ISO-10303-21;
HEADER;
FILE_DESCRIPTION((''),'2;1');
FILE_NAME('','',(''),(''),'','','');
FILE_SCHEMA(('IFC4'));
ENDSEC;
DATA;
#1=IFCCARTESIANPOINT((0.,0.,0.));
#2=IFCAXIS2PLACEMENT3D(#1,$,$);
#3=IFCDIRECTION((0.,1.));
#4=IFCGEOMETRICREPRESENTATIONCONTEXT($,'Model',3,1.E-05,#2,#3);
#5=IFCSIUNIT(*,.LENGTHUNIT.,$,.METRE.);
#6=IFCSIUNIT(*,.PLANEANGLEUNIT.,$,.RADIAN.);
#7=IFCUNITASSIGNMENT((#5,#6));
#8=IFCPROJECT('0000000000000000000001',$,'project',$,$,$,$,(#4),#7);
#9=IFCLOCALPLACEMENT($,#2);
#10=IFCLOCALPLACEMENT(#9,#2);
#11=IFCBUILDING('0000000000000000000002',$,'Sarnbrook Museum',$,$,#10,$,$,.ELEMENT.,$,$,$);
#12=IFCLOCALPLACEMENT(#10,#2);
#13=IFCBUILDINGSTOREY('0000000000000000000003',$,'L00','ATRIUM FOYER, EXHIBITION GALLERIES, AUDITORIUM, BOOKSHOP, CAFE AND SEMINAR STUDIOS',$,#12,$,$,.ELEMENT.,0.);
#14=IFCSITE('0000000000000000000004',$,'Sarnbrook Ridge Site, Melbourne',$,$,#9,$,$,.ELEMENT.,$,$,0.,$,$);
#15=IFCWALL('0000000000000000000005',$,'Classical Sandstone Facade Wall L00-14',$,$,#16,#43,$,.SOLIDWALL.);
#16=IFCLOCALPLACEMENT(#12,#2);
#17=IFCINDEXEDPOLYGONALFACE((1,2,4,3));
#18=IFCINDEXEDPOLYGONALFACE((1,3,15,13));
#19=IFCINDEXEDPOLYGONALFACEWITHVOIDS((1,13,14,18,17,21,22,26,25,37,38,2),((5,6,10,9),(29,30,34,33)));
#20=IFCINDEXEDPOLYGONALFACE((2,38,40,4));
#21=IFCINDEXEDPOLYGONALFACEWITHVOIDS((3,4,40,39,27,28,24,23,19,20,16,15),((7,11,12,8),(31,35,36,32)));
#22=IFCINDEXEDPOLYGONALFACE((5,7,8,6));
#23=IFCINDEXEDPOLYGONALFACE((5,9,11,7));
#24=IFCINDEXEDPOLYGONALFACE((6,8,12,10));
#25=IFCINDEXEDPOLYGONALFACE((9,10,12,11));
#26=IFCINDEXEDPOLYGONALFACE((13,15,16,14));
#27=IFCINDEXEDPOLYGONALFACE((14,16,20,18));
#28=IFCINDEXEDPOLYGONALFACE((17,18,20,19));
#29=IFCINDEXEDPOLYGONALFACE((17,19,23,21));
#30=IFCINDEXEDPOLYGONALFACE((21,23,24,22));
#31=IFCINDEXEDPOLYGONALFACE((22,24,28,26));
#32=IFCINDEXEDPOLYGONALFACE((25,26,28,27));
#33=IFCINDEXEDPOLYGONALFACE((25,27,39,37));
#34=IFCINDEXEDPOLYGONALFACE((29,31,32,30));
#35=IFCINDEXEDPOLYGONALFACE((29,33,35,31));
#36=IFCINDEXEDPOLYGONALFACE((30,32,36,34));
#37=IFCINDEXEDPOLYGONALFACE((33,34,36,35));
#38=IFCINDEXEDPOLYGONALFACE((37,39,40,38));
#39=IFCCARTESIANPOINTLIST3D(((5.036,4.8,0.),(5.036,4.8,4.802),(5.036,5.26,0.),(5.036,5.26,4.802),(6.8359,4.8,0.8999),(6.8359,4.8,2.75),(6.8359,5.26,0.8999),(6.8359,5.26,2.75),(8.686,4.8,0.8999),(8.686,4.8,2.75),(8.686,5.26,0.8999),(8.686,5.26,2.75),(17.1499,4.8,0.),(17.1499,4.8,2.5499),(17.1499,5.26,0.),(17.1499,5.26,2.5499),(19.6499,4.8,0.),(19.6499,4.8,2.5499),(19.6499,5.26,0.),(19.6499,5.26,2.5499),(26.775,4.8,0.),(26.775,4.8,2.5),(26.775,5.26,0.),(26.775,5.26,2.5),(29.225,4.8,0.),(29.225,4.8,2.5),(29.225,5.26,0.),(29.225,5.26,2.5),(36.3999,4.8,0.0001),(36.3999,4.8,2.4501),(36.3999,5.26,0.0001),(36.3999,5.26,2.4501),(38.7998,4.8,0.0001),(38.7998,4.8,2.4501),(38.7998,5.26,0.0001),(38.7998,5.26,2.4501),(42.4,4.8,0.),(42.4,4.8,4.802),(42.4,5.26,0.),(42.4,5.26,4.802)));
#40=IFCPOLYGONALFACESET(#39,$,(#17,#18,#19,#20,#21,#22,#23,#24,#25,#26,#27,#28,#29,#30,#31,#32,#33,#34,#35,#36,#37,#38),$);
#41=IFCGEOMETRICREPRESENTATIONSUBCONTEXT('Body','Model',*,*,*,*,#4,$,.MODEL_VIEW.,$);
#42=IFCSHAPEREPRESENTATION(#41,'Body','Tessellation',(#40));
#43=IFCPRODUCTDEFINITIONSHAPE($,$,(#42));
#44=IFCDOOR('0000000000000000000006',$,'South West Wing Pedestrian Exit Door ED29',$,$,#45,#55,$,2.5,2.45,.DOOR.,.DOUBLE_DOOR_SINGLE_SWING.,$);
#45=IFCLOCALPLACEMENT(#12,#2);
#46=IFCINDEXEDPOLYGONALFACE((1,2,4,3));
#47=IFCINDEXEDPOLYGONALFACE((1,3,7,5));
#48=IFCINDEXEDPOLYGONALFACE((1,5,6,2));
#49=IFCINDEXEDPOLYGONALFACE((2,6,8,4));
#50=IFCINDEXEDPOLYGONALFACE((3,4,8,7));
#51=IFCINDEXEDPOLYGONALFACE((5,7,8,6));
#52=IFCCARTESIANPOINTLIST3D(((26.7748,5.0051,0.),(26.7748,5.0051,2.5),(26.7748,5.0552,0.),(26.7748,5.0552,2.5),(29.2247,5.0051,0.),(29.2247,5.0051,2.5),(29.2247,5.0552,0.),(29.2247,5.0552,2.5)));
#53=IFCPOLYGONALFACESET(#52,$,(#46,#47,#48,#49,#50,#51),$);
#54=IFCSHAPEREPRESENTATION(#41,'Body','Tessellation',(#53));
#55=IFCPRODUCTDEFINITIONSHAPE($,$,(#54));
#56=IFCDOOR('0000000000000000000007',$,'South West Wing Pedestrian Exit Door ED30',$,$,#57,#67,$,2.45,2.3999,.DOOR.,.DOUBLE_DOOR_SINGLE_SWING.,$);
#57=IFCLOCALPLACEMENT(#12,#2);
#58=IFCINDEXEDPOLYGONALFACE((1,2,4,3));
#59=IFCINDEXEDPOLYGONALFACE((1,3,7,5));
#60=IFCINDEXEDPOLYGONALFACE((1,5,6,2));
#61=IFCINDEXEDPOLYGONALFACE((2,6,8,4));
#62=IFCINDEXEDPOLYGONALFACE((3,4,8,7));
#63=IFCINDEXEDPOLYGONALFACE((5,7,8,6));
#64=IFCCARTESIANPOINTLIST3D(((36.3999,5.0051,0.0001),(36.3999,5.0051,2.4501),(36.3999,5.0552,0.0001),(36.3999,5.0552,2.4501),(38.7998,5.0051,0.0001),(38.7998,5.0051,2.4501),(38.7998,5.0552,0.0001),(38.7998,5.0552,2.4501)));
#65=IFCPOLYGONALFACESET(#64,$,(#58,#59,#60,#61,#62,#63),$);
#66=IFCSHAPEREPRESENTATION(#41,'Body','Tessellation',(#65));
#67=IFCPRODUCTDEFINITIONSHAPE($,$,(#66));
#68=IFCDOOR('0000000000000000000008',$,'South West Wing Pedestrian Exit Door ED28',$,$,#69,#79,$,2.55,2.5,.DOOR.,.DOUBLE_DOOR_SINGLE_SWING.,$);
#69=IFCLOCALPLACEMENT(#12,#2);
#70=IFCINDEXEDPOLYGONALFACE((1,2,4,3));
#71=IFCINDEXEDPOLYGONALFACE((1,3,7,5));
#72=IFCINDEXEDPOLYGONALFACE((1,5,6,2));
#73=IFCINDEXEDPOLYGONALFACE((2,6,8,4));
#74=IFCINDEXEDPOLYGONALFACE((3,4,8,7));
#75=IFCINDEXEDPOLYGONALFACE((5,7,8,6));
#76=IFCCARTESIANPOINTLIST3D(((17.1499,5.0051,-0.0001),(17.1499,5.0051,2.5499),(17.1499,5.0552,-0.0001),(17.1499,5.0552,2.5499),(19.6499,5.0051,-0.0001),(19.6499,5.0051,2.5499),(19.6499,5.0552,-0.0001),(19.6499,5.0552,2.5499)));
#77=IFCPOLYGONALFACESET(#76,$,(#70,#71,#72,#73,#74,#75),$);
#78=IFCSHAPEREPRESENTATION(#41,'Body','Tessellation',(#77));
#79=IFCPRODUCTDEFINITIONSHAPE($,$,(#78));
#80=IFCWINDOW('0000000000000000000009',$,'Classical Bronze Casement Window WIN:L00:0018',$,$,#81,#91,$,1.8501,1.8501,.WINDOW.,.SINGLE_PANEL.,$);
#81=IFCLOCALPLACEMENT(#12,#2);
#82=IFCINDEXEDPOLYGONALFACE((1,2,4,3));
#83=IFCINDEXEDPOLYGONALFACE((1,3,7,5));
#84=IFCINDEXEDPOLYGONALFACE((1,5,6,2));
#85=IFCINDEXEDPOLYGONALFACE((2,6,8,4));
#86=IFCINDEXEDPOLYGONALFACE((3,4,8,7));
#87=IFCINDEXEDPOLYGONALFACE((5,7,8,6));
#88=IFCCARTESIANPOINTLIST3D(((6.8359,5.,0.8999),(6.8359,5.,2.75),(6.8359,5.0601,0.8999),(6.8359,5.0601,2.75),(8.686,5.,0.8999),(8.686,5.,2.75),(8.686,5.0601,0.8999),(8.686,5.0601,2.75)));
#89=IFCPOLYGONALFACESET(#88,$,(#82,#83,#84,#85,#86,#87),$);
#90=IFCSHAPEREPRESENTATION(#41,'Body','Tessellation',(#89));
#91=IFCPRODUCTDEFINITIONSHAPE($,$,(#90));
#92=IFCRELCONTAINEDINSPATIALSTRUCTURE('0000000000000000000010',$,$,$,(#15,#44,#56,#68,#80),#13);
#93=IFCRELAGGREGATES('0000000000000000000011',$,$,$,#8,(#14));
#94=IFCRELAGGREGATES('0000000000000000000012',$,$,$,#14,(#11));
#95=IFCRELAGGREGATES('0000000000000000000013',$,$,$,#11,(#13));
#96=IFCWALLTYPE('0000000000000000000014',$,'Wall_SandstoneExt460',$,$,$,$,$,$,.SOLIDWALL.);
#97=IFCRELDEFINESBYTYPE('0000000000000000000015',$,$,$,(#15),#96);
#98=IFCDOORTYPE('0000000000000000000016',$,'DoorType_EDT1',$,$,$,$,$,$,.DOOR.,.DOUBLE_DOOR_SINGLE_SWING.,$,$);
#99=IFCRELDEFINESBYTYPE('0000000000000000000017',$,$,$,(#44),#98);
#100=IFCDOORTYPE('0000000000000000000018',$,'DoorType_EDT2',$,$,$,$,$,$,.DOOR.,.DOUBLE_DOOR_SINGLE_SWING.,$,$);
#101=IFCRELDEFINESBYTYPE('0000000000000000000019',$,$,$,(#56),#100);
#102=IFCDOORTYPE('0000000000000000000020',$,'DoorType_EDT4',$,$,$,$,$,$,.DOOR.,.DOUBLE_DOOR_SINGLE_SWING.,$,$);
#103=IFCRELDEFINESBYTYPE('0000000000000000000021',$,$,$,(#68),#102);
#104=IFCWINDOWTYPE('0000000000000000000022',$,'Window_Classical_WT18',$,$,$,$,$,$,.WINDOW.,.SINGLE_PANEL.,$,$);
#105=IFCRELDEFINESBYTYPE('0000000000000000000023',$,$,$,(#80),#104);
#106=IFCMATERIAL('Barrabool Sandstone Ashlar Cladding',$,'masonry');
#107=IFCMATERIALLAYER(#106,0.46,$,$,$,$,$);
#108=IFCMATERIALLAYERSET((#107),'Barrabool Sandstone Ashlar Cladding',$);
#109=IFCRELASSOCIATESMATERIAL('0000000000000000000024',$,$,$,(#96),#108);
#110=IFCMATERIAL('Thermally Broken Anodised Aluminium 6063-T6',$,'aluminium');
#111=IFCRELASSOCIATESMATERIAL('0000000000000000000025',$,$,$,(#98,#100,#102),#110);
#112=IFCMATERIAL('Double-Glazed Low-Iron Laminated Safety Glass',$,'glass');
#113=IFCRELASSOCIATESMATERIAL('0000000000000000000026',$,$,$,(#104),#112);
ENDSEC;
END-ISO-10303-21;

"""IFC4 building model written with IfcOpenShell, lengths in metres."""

from ifc_helpers import new_model, si_unit, direction, frame, frame_2d, origin, place, context, subcontext, project, spatial, rectangle, extrude, material, layer, layer_set, type_object, element, fill, save


model = new_model("IFC4")

# Units and contexts
model_context = context("Model", 3, precision=1e-05, world=origin(), true_north=direction((0.0, 1.0)))
body_context = subcontext(model_context, "Body", "Model", "MODEL_VIEW")
ifc_project = project(units=[si_unit("LENGTHUNIT", "METRE"), si_unit("PLANEANGLEUNIT", "RADIAN")], contexts=[model_context])

# Site, building, storey
site_placement = place(None, origin())
site = spatial("IfcSite", under=ifc_project, at=site_placement, Name="Sarnbrook Ridge Site, Melbourne", CompositionType="ELEMENT", RefElevation=0.0)
building_placement = place(site_placement, origin())
building = spatial("IfcBuilding", under=site, at=building_placement, Name="Sarnbrook Museum", CompositionType="ELEMENT")
storey_placement = place(building_placement, origin())
storey = spatial("IfcBuildingStorey", under=building, at=storey_placement, Name="L00", Description="ATRIUM FOYER, EXHIBITION GALLERIES, AUDITORIUM, BOOKSHOP, CAFE AND SEMINAR STUDIOS", CompositionType="ELEMENT", Elevation=0.0)

# Wall, openings, doors, window
ifc_material_1 = material(Name="Barrabool Sandstone Ashlar Cladding", Category="masonry")
ifc_layer_1 = layer(ifc_material_1, 0.46)
ifc_layer_set_1 = layer_set([ifc_layer_1], Name="Barrabool Sandstone Ashlar Cladding")
wall_type = type_object("IfcWallType", Name="Wall_SandstoneExt460", PredefinedType="SOLIDWALL", material=ifc_layer_set_1)
wall_placement = place(storey_placement, frame((5.0359, 5.03, 0.0), z_axis=(0.0, 0.0, 1.0), x_axis=(1.0, 0.0, 0.0)))
wall = element("IfcWall", 1, at=wall_placement, inside=storey, type_object=wall_type, Name="Classical Sandstone Facade Wall L00-14", PredefinedType="SOLIDWALL", context=body_context, shape_type="SweptSolid", body=[
    extrude(rectangle(XDim=37.364, YDim=0.46, at=frame_2d((18.6821, 0.0))), origin(), (0.0, 0.0, 1.0), 4.802),
])
opening_1_placement = place(wall_placement, frame((12.114, 0.0, 0.0)))
opening_1 = element("IfcOpeningElement", 2, at=opening_1_placement, cuts=wall, PredefinedType="OPENING", context=body_context, shape_type="SweptSolid", body=[
    extrude(rectangle(XDim=2.5, YDim=2.55, at=frame_2d((1.25, 1.2749))), frame((0.0, 0.24, 0.0), z_axis=(0.0, -1.0, 0.0), x_axis=(1.0, 0.0, 0.0)), (0.0, 0.0, 1.0), 0.48),
])
opening_2_placement = place(wall_placement, frame((21.739, 0.0, 0.0)))
opening_2 = element("IfcOpeningElement", 3, at=opening_2_placement, cuts=wall, PredefinedType="OPENING", context=body_context, shape_type="SweptSolid", body=[
    extrude(rectangle(XDim=2.45, YDim=2.5, at=frame_2d((1.2251, 1.25))), frame((0.0, 0.24, 0.0), z_axis=(0.0, -1.0, 0.0), x_axis=(1.0, 0.0, 0.0)), (0.0, 0.0, 1.0), 0.48),
])
opening_3_placement = place(wall_placement, frame((31.364, 0.0, 0.0)))
opening_3 = element("IfcOpeningElement", 4, at=opening_3_placement, cuts=wall, PredefinedType="OPENING", context=body_context, shape_type="SweptSolid", body=[
    extrude(rectangle(XDim=2.3999, YDim=2.45, at=frame_2d((1.2, 1.2251))), frame((0.0, 0.24, 0.0), z_axis=(0.0, -1.0, 0.0), x_axis=(1.0, 0.0, 0.0)), (0.0, 0.0, 1.0), 0.48),
])
opening_4_placement = place(wall_placement, frame((1.8, 0.0, 0.8999)))
opening_4 = element("IfcOpeningElement", 5, at=opening_4_placement, cuts=wall, PredefinedType="OPENING", context=body_context, shape_type="SweptSolid", body=[
    extrude(rectangle(XDim=1.8501, YDim=1.8501, at=frame_2d((0.925, 0.925))), frame((0.0, 0.24, 0.0), z_axis=(0.0, -1.0, 0.0), x_axis=(1.0, 0.0, 0.0)), (0.0, 0.0, 1.0), 0.48),
])
ifc_material_2 = material(Name="Thermally Broken Anodised Aluminium 6063-T6", Category="aluminium")
door_type_1 = type_object("IfcDoorType", Name="DoorType_EDT1", OperationType="DOUBLE_DOOR_SINGLE_SWING", PredefinedType="DOOR", material=ifc_material_2)
door_1_placement = place(opening_2_placement, frame((2.45, 0.0, 0.0), z_axis=(0.0, 0.0, 1.0), x_axis=(-1.0, 0.0, 0.0)))
door_1 = element("IfcDoor", 6, at=door_1_placement, inside=storey, type_object=door_type_1, Name="South West Wing Pedestrian Exit Door ED29", OperationType="DOUBLE_DOOR_SINGLE_SWING", OverallHeight=2.5, OverallWidth=2.45, PredefinedType="DOOR", context=body_context, shape_type="SweptSolid", body=[
    extrude(rectangle(XDim=2.45, YDim=2.5, at=frame_2d((1.2251, 1.25))), frame((0.0, 0.0249, 0.0), z_axis=(0.0, -1.0, 0.0), x_axis=(1.0, 0.0, 0.0)), (0.0, 0.0, 1.0), 0.05),
])
fill(opening_2, door_1)
door_type_2 = type_object("IfcDoorType", Name="DoorType_EDT2", OperationType="DOUBLE_DOOR_SINGLE_SWING", PredefinedType="DOOR", material=ifc_material_2)
door_2_placement = place(opening_3_placement, frame((2.3999, 0.0, 0.0), z_axis=(0.0, 0.0, 1.0), x_axis=(-1.0, 0.0, 0.0)))
door_2 = element("IfcDoor", 7, at=door_2_placement, inside=storey, type_object=door_type_2, Name="South West Wing Pedestrian Exit Door ED30", OperationType="DOUBLE_DOOR_SINGLE_SWING", OverallHeight=2.45, OverallWidth=2.3999, PredefinedType="DOOR", context=body_context, shape_type="SweptSolid", body=[
    extrude(rectangle(XDim=2.3999, YDim=2.45, at=frame_2d((1.2, 1.2251))), frame((0.0, 0.0249, 0.0), z_axis=(0.0, -1.0, 0.0), x_axis=(1.0, 0.0, 0.0)), (0.0, 0.0, 1.0), 0.05),
])
fill(opening_3, door_2)
door_type_3 = type_object("IfcDoorType", Name="DoorType_EDT4", OperationType="DOUBLE_DOOR_SINGLE_SWING", PredefinedType="DOOR", material=ifc_material_2)
door_3_placement = place(opening_1_placement, frame((2.5, 0.0, 0.0), z_axis=(0.0, 0.0, 1.0), x_axis=(-1.0, 0.0, 0.0)))
door_3 = element("IfcDoor", 8, at=door_3_placement, inside=storey, type_object=door_type_3, Name="South West Wing Pedestrian Exit Door ED28", OperationType="DOUBLE_DOOR_SINGLE_SWING", OverallHeight=2.55, OverallWidth=2.5, PredefinedType="DOOR", context=body_context, shape_type="SweptSolid", body=[
    extrude(rectangle(XDim=2.5, YDim=2.55, at=frame_2d((1.25, 1.2749))), frame((0.0, 0.0249, 0.0), z_axis=(0.0, -1.0, 0.0), x_axis=(1.0, 0.0, 0.0)), (0.0, 0.0, 1.0), 0.05),
])
fill(opening_1, door_3)
ifc_material_3 = material(Name="Double-Glazed Low-Iron Laminated Safety Glass", Category="glass")
window_type = type_object("IfcWindowType", Name="Window_Classical_WT18", PartitioningType="SINGLE_PANEL", PredefinedType="WINDOW", material=ifc_material_3)
window_placement = place(opening_4_placement, origin())
window = element("IfcWindow", 9, at=window_placement, inside=storey, type_object=window_type, Name="Classical Bronze Casement Window WIN:L00:0018", OverallHeight=1.8501, OverallWidth=1.8501, PartitioningType="SINGLE_PANEL", PredefinedType="WINDOW", context=body_context, shape_type="SweptSolid", body=[
    extrude(rectangle(XDim=1.8501, YDim=1.8501, at=frame_2d((0.925, 0.925))), frame((0.0, 0.03, 0.0), z_axis=(0.0, -1.0, 0.0), x_axis=(1.0, 0.0, 0.0)), (0.0, 0.0, 1.0), 0.0601),
])
fill(opening_4, window)

save(model, "model.ifc")
